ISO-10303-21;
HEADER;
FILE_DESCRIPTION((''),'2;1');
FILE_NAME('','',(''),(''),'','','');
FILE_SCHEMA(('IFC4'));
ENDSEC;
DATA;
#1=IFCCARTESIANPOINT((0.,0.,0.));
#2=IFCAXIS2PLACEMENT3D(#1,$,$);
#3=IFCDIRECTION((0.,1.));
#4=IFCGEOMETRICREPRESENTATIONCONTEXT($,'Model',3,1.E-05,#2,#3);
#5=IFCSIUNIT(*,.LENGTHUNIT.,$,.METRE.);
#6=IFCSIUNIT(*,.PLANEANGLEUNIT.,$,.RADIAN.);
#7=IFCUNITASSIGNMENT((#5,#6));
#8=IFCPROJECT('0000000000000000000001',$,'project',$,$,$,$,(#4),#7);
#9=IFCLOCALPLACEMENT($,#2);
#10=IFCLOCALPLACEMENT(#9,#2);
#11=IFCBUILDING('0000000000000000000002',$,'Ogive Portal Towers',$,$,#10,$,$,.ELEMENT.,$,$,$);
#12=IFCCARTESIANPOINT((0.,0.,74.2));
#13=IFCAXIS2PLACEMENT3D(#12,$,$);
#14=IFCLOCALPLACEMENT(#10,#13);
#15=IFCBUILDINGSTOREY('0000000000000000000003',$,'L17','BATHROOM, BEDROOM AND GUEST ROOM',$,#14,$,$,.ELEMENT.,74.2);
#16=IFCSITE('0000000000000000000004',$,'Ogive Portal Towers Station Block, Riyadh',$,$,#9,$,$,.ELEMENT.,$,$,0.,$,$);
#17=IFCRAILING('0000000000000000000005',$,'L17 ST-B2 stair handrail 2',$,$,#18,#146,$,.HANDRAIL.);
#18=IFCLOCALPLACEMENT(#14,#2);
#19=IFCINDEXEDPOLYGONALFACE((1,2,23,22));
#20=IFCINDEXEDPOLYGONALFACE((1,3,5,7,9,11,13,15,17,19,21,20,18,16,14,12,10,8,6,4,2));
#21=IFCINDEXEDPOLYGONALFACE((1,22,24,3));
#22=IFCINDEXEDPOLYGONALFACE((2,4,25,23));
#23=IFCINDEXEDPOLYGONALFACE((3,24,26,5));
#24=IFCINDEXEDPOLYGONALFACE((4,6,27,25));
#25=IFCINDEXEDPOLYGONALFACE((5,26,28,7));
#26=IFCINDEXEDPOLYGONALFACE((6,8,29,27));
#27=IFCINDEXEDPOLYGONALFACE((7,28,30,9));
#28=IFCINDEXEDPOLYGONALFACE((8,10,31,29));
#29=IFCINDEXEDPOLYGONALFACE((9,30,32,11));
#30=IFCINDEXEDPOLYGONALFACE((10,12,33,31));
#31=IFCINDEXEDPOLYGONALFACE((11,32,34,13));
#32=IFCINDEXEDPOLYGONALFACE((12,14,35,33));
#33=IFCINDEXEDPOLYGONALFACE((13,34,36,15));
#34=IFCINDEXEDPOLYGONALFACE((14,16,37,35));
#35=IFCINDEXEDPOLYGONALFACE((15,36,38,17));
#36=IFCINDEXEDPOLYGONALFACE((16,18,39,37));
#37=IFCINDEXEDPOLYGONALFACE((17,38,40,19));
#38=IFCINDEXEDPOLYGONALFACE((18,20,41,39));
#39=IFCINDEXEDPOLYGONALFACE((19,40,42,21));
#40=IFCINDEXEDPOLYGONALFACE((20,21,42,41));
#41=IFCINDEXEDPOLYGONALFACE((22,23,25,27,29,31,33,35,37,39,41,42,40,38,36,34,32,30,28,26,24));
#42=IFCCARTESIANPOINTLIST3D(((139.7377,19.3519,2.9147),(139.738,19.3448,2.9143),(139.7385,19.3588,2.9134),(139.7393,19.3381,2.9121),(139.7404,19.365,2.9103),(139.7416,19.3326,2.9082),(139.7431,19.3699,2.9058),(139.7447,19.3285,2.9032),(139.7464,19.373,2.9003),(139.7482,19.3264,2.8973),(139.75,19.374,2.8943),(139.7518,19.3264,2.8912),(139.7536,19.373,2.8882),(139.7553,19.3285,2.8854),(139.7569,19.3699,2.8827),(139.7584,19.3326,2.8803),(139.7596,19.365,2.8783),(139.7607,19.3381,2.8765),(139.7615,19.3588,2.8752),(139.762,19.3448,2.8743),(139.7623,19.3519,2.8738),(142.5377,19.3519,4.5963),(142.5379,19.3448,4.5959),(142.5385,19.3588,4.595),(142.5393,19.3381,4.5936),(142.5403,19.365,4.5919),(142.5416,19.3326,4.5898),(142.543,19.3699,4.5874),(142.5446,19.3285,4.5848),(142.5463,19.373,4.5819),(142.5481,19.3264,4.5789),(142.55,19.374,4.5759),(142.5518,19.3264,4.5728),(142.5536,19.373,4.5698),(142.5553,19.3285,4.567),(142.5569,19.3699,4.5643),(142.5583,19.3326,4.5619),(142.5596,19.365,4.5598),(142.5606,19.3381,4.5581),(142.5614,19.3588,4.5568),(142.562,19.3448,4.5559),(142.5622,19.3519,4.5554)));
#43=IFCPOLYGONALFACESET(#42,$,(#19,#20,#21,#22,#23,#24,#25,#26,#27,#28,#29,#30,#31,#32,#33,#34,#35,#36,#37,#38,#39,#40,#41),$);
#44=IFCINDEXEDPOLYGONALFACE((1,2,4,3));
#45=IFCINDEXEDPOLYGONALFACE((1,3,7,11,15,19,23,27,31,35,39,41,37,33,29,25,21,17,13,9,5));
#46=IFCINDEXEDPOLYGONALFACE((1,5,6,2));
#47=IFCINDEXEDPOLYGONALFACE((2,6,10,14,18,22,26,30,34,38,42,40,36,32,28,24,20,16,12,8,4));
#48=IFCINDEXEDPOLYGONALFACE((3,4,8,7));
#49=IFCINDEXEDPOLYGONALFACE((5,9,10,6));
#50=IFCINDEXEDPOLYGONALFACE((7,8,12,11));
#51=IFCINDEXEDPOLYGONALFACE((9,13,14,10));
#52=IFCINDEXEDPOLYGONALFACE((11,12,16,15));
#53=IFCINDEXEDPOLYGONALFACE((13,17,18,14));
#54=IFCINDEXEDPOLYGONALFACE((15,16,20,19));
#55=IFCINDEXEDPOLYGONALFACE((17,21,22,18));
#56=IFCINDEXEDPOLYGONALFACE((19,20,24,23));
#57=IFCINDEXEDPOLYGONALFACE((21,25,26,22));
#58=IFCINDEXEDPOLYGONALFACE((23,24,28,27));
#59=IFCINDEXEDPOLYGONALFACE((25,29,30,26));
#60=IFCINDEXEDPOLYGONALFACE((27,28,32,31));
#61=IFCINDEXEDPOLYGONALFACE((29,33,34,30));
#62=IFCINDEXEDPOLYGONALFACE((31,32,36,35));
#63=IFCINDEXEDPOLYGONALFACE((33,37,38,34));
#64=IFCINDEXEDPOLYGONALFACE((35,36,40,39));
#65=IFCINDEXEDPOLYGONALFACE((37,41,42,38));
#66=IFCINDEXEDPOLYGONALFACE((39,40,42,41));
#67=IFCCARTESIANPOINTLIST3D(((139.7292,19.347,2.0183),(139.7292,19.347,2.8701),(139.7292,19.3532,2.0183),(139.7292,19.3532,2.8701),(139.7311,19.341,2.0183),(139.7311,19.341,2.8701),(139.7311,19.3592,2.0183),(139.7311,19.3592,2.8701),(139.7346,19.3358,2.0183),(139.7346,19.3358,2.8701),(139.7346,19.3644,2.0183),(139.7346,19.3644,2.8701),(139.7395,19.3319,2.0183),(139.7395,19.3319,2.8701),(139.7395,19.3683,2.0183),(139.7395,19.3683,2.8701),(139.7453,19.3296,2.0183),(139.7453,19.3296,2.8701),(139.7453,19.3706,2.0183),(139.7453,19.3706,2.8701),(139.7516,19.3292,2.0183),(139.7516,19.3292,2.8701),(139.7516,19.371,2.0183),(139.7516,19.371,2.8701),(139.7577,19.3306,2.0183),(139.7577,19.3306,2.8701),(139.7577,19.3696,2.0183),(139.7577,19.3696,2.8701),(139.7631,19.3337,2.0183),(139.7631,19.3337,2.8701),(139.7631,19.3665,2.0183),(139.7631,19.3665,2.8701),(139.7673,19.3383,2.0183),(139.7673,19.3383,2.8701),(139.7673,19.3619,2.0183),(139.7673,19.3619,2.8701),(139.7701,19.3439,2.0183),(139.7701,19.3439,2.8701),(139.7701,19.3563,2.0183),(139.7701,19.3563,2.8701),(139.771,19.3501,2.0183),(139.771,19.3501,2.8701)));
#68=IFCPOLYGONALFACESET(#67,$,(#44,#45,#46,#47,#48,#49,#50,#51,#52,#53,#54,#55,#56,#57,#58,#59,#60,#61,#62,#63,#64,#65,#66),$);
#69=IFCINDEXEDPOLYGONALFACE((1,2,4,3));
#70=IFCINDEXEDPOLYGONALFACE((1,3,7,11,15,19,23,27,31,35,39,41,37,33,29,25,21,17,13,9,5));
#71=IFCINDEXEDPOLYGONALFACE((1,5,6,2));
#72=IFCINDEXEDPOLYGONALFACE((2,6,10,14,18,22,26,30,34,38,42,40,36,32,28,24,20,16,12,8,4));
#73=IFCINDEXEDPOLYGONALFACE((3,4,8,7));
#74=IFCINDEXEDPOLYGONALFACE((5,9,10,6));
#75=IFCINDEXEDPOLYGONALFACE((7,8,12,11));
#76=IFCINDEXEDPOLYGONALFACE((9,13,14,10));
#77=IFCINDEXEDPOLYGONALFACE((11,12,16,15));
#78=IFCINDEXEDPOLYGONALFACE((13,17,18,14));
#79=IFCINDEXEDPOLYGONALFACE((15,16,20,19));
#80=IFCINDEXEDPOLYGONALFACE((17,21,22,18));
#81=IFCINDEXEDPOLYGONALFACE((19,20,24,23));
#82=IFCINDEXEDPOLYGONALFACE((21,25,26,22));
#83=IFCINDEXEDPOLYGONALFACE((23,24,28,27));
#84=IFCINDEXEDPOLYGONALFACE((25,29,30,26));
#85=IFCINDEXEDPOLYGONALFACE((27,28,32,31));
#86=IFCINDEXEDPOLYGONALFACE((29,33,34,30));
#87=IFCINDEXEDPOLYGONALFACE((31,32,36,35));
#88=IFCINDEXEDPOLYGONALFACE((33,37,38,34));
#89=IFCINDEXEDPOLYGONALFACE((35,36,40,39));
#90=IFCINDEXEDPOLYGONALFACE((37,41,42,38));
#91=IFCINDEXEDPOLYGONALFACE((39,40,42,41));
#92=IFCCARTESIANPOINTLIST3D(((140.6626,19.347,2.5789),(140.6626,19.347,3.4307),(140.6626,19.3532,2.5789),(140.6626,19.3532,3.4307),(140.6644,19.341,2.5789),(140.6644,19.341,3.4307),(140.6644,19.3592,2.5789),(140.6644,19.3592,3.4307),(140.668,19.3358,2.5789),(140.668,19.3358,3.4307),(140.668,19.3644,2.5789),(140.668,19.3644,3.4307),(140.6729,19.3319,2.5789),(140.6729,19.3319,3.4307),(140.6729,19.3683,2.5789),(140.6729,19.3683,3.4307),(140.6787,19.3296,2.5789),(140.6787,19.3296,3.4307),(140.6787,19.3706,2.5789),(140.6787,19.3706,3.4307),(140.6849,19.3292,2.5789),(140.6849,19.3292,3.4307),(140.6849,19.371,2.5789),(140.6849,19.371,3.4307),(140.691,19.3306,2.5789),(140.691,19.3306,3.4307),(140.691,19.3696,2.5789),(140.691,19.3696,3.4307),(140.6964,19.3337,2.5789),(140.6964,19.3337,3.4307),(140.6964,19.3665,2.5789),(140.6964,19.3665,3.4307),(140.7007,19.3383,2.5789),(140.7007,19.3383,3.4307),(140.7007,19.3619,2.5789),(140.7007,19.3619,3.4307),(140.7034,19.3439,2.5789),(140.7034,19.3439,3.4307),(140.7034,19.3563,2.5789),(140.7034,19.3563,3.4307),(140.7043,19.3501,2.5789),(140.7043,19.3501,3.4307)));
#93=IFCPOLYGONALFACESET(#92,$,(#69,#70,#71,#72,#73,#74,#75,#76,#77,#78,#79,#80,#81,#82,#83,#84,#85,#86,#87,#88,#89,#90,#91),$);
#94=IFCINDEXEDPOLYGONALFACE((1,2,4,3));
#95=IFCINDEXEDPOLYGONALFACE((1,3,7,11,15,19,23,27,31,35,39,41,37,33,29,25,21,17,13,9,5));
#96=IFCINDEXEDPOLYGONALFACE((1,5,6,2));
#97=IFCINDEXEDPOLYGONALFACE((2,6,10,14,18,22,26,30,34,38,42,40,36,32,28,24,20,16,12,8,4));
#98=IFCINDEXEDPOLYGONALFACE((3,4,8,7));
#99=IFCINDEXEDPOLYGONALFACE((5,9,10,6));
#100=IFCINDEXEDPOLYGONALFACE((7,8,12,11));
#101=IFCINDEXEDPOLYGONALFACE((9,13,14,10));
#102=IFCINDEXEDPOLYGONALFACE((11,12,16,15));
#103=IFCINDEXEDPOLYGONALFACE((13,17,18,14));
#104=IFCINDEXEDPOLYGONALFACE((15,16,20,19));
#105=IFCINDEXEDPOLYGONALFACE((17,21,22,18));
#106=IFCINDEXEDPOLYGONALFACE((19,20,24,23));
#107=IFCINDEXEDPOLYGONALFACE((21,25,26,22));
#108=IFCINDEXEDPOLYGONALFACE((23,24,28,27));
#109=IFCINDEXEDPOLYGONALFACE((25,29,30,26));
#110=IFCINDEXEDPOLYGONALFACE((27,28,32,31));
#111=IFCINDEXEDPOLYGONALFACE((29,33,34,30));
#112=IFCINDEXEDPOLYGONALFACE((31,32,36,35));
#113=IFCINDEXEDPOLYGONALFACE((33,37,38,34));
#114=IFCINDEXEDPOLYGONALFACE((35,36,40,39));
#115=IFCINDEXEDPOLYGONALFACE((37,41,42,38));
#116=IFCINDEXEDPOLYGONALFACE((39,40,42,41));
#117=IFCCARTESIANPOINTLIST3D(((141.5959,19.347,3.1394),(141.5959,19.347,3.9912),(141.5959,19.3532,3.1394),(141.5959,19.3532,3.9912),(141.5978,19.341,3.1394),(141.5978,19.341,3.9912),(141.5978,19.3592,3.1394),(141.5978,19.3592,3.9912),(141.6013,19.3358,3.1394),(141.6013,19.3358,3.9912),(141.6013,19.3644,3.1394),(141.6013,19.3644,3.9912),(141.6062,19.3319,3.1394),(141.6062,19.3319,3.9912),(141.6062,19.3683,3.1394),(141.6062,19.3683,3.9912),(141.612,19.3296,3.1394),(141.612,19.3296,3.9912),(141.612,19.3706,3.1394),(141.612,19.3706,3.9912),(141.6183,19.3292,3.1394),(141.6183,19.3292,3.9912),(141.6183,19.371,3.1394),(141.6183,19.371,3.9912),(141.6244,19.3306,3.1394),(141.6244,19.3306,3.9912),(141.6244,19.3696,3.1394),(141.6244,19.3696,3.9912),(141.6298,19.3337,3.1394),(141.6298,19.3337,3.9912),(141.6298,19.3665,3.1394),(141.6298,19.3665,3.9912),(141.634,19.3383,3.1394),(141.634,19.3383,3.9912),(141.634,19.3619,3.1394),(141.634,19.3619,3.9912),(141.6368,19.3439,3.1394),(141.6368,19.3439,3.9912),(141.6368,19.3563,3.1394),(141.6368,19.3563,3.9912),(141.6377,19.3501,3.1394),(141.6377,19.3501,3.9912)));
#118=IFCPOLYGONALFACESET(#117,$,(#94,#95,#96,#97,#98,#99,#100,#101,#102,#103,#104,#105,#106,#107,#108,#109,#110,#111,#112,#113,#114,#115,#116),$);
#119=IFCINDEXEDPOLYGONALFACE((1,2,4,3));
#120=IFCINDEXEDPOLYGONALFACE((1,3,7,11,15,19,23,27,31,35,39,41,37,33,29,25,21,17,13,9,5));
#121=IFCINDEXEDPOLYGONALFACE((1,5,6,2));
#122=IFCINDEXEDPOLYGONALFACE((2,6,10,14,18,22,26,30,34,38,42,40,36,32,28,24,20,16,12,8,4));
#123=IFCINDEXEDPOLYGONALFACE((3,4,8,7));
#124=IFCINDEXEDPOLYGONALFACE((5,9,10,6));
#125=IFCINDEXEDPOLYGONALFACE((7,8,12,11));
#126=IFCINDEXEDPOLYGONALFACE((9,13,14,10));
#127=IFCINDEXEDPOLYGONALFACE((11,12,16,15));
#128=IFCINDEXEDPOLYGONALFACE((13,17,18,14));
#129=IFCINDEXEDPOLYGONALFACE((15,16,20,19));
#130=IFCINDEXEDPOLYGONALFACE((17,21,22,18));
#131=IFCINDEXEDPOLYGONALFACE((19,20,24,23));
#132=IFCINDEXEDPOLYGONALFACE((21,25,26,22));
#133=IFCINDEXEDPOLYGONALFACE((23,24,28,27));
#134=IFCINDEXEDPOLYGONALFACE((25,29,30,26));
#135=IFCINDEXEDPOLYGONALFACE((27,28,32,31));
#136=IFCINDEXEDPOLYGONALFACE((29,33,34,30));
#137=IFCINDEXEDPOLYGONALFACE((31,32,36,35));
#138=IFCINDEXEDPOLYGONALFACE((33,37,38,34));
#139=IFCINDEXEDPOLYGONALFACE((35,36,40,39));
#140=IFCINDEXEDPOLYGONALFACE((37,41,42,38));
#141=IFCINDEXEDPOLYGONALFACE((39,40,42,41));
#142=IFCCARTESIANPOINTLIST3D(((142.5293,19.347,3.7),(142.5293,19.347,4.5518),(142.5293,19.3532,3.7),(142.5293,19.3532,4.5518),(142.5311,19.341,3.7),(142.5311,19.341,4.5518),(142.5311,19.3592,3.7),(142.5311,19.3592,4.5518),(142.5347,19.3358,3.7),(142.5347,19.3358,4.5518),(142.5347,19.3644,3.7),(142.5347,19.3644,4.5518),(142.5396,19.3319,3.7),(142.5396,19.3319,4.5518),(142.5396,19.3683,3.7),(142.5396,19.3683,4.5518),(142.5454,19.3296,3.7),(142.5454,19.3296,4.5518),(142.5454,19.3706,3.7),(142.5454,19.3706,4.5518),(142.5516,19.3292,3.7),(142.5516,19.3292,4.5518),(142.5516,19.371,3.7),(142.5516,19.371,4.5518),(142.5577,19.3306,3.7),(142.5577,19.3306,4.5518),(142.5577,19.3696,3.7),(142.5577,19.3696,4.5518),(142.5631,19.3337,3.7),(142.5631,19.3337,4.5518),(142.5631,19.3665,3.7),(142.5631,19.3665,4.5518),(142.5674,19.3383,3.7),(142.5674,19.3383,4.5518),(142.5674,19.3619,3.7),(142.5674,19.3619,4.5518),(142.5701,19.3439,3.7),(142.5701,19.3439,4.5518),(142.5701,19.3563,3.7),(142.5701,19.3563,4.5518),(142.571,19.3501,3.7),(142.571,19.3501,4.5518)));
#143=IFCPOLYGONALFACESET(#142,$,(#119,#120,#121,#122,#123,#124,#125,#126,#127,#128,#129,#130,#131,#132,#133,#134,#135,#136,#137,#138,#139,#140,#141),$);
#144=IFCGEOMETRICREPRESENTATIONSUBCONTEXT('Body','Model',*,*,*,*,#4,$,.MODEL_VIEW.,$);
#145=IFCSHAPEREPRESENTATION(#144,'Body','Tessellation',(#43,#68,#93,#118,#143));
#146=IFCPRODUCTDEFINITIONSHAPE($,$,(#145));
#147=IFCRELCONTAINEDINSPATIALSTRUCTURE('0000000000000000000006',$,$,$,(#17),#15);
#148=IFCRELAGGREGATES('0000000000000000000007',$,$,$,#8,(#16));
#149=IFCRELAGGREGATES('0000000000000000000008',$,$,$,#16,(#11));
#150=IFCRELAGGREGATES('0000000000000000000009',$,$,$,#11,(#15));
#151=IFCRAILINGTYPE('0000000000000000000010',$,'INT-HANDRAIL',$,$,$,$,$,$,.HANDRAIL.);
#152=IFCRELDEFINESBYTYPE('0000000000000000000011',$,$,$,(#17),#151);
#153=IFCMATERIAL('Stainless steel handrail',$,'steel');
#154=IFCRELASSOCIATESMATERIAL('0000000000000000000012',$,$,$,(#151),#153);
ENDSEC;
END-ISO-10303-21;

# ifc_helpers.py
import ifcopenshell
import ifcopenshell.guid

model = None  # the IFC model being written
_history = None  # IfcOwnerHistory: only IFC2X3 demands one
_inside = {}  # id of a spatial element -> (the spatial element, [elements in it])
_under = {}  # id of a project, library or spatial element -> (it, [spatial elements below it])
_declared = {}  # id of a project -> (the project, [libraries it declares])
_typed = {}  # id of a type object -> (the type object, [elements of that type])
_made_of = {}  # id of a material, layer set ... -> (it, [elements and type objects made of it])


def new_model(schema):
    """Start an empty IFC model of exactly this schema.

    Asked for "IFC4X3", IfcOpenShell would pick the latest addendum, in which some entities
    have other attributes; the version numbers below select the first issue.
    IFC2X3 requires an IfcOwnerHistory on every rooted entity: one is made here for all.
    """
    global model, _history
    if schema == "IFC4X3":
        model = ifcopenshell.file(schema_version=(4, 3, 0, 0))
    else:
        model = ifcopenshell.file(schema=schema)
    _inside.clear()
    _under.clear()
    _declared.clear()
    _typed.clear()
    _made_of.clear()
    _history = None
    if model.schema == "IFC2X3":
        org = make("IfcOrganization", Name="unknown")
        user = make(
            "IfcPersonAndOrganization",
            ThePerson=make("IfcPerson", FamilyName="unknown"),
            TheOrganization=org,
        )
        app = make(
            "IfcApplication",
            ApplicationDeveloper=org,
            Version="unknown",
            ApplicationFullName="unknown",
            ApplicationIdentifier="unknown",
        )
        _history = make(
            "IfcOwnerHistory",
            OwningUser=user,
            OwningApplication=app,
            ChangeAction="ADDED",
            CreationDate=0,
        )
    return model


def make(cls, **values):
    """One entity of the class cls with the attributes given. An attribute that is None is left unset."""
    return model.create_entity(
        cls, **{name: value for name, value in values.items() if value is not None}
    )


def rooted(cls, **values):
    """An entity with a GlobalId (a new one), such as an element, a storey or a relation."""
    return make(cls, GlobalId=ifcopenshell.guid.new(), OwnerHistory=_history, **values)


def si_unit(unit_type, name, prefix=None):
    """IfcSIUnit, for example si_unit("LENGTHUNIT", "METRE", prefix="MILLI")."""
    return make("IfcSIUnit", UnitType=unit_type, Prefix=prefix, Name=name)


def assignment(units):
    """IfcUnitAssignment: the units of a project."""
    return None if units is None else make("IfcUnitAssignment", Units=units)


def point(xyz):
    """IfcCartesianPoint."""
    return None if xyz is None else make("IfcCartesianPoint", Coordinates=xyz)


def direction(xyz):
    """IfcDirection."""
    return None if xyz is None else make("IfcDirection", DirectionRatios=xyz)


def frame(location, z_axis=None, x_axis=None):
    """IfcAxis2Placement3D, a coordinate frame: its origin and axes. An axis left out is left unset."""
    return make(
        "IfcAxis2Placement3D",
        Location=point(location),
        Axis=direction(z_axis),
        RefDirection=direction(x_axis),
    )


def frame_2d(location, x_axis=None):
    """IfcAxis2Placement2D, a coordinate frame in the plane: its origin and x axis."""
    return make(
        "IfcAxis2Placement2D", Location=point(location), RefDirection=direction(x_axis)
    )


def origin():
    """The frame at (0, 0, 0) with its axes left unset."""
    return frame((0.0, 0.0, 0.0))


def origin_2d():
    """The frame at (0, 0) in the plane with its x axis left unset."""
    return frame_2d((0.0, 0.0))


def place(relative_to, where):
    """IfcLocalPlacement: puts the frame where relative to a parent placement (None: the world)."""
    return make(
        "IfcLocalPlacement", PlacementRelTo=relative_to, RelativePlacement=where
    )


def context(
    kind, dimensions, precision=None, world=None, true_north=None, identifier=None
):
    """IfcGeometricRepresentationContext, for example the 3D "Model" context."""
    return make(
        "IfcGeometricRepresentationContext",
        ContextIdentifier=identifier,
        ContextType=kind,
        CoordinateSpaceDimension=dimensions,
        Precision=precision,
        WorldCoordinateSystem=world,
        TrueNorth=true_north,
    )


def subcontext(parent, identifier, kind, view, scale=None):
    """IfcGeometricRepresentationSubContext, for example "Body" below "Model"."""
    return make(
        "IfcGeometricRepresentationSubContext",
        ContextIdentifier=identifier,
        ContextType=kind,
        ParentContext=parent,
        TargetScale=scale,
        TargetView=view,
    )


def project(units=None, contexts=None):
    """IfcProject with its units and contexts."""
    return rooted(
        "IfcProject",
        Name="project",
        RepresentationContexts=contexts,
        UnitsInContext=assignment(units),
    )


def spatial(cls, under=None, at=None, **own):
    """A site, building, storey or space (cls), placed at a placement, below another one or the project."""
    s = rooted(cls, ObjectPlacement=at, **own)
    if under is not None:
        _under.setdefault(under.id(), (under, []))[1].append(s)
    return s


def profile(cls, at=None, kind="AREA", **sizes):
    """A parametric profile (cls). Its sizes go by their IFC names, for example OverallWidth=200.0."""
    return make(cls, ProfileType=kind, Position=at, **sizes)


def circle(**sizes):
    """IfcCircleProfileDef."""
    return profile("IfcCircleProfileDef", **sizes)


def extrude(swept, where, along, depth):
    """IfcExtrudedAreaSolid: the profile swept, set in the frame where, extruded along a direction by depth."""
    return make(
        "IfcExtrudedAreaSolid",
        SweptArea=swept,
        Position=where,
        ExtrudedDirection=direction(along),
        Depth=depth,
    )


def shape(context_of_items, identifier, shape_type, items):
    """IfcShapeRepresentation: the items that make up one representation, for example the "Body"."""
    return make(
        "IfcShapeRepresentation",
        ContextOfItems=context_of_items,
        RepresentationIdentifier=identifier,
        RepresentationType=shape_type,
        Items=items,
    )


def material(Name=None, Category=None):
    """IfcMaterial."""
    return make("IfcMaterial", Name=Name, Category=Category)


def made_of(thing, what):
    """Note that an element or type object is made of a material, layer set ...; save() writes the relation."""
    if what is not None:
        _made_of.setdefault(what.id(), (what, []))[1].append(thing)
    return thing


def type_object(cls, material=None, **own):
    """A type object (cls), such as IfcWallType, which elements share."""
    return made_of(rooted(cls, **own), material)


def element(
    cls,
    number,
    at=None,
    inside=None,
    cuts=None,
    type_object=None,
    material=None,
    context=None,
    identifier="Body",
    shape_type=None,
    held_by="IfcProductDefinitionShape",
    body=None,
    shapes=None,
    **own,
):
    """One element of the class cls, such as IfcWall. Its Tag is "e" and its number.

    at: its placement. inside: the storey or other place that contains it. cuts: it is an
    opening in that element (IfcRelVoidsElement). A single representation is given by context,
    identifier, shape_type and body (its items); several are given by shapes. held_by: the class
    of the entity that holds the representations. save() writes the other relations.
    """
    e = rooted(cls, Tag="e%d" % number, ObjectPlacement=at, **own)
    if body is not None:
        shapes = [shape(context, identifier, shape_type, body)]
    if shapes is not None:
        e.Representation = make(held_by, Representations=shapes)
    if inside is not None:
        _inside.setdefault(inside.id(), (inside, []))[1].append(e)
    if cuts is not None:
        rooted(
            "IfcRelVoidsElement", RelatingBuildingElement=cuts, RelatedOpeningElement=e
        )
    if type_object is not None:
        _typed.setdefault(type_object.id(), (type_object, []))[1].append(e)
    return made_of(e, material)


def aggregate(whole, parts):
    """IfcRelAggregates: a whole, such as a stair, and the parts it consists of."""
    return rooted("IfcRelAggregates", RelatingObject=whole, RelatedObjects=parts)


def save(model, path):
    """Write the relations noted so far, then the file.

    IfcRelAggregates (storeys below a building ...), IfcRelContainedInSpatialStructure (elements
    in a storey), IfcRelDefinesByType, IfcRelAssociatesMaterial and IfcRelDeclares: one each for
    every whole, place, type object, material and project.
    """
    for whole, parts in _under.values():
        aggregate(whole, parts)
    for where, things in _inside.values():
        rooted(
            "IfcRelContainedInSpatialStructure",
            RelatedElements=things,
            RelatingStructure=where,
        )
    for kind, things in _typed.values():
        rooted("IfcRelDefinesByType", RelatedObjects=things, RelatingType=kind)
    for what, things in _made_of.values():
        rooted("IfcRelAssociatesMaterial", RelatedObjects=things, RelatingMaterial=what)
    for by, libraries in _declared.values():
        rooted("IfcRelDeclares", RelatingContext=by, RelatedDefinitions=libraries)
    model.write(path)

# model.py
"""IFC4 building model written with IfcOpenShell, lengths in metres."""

from ifc_helpers import new_model, si_unit, direction, frame, origin, origin_2d, place, context, subcontext, project, spatial, circle, extrude, material, type_object, element, save


model = new_model("IFC4")

# Units and contexts
model_context = context("Model", 3, precision=1e-05, world=origin(), true_north=direction((0.0, 1.0)))
body_context = subcontext(model_context, "Body", "Model", "MODEL_VIEW")
ifc_project = project(units=[si_unit("LENGTHUNIT", "METRE"), si_unit("PLANEANGLEUNIT", "RADIAN")], contexts=[model_context])

# Site, building, storey
site_placement = place(None, origin())
site = spatial("IfcSite", under=ifc_project, at=site_placement, Name="Ogive Portal Towers Station Block, Riyadh", CompositionType="ELEMENT", RefElevation=0.0)
building_placement = place(site_placement, origin())
building = spatial("IfcBuilding", under=site, at=building_placement, Name="Ogive Portal Towers", CompositionType="ELEMENT")
storey_placement = place(building_placement, frame((0.0, 0.0, 74.2)))
storey = spatial("IfcBuildingStorey", under=building, at=storey_placement, Name="L17", Description="BATHROOM, BEDROOM AND GUEST ROOM", CompositionType="ELEMENT", Elevation=74.2)

# Railing
ifc_material_1 = material(Name="Stainless steel handrail", Category="steel")
railing_type_1 = type_object("IfcRailingType", Name="INT-HANDRAIL", PredefinedType="HANDRAIL", material=ifc_material_1)
railing_1_placement = place(storey_placement, frame((139.75, 19.3501, 2.0183)))
element("IfcRailing", 1, at=railing_1_placement, inside=storey, type_object=railing_type_1, Name="L17 ST-B2 stair handrail 2", PredefinedType="HANDRAIL", context=body_context, shape_type="SweptSolid", body=[
    extrude(circle(Radius=0.0239, at=origin_2d()), frame((0.0, 0.0, 0.876), z_axis=(0.857275, 0.0, 0.514858), x_axis=(0.0, 1.0, 0.0)), (0.0, 0.0, 1.0), 3.2661),
    extrude(circle(Radius=0.021, at=origin_2d()), origin(), (0.0, 0.0, 1.0), 0.8518),
    extrude(circle(Radius=0.021, at=origin_2d()), frame((0.9333, 0.0, 0.5605)), (0.0, 0.0, 1.0), 0.8518),
    extrude(circle(Radius=0.021, at=origin_2d()), frame((1.8667, 0.0, 1.1211)), (0.0, 0.0, 1.0), 0.8518),
    extrude(circle(Radius=0.021, at=origin_2d()), frame((2.8, 0.0, 1.6816)), (0.0, 0.0, 1.0), 0.8518),
])

save(model, "model.ifc")
